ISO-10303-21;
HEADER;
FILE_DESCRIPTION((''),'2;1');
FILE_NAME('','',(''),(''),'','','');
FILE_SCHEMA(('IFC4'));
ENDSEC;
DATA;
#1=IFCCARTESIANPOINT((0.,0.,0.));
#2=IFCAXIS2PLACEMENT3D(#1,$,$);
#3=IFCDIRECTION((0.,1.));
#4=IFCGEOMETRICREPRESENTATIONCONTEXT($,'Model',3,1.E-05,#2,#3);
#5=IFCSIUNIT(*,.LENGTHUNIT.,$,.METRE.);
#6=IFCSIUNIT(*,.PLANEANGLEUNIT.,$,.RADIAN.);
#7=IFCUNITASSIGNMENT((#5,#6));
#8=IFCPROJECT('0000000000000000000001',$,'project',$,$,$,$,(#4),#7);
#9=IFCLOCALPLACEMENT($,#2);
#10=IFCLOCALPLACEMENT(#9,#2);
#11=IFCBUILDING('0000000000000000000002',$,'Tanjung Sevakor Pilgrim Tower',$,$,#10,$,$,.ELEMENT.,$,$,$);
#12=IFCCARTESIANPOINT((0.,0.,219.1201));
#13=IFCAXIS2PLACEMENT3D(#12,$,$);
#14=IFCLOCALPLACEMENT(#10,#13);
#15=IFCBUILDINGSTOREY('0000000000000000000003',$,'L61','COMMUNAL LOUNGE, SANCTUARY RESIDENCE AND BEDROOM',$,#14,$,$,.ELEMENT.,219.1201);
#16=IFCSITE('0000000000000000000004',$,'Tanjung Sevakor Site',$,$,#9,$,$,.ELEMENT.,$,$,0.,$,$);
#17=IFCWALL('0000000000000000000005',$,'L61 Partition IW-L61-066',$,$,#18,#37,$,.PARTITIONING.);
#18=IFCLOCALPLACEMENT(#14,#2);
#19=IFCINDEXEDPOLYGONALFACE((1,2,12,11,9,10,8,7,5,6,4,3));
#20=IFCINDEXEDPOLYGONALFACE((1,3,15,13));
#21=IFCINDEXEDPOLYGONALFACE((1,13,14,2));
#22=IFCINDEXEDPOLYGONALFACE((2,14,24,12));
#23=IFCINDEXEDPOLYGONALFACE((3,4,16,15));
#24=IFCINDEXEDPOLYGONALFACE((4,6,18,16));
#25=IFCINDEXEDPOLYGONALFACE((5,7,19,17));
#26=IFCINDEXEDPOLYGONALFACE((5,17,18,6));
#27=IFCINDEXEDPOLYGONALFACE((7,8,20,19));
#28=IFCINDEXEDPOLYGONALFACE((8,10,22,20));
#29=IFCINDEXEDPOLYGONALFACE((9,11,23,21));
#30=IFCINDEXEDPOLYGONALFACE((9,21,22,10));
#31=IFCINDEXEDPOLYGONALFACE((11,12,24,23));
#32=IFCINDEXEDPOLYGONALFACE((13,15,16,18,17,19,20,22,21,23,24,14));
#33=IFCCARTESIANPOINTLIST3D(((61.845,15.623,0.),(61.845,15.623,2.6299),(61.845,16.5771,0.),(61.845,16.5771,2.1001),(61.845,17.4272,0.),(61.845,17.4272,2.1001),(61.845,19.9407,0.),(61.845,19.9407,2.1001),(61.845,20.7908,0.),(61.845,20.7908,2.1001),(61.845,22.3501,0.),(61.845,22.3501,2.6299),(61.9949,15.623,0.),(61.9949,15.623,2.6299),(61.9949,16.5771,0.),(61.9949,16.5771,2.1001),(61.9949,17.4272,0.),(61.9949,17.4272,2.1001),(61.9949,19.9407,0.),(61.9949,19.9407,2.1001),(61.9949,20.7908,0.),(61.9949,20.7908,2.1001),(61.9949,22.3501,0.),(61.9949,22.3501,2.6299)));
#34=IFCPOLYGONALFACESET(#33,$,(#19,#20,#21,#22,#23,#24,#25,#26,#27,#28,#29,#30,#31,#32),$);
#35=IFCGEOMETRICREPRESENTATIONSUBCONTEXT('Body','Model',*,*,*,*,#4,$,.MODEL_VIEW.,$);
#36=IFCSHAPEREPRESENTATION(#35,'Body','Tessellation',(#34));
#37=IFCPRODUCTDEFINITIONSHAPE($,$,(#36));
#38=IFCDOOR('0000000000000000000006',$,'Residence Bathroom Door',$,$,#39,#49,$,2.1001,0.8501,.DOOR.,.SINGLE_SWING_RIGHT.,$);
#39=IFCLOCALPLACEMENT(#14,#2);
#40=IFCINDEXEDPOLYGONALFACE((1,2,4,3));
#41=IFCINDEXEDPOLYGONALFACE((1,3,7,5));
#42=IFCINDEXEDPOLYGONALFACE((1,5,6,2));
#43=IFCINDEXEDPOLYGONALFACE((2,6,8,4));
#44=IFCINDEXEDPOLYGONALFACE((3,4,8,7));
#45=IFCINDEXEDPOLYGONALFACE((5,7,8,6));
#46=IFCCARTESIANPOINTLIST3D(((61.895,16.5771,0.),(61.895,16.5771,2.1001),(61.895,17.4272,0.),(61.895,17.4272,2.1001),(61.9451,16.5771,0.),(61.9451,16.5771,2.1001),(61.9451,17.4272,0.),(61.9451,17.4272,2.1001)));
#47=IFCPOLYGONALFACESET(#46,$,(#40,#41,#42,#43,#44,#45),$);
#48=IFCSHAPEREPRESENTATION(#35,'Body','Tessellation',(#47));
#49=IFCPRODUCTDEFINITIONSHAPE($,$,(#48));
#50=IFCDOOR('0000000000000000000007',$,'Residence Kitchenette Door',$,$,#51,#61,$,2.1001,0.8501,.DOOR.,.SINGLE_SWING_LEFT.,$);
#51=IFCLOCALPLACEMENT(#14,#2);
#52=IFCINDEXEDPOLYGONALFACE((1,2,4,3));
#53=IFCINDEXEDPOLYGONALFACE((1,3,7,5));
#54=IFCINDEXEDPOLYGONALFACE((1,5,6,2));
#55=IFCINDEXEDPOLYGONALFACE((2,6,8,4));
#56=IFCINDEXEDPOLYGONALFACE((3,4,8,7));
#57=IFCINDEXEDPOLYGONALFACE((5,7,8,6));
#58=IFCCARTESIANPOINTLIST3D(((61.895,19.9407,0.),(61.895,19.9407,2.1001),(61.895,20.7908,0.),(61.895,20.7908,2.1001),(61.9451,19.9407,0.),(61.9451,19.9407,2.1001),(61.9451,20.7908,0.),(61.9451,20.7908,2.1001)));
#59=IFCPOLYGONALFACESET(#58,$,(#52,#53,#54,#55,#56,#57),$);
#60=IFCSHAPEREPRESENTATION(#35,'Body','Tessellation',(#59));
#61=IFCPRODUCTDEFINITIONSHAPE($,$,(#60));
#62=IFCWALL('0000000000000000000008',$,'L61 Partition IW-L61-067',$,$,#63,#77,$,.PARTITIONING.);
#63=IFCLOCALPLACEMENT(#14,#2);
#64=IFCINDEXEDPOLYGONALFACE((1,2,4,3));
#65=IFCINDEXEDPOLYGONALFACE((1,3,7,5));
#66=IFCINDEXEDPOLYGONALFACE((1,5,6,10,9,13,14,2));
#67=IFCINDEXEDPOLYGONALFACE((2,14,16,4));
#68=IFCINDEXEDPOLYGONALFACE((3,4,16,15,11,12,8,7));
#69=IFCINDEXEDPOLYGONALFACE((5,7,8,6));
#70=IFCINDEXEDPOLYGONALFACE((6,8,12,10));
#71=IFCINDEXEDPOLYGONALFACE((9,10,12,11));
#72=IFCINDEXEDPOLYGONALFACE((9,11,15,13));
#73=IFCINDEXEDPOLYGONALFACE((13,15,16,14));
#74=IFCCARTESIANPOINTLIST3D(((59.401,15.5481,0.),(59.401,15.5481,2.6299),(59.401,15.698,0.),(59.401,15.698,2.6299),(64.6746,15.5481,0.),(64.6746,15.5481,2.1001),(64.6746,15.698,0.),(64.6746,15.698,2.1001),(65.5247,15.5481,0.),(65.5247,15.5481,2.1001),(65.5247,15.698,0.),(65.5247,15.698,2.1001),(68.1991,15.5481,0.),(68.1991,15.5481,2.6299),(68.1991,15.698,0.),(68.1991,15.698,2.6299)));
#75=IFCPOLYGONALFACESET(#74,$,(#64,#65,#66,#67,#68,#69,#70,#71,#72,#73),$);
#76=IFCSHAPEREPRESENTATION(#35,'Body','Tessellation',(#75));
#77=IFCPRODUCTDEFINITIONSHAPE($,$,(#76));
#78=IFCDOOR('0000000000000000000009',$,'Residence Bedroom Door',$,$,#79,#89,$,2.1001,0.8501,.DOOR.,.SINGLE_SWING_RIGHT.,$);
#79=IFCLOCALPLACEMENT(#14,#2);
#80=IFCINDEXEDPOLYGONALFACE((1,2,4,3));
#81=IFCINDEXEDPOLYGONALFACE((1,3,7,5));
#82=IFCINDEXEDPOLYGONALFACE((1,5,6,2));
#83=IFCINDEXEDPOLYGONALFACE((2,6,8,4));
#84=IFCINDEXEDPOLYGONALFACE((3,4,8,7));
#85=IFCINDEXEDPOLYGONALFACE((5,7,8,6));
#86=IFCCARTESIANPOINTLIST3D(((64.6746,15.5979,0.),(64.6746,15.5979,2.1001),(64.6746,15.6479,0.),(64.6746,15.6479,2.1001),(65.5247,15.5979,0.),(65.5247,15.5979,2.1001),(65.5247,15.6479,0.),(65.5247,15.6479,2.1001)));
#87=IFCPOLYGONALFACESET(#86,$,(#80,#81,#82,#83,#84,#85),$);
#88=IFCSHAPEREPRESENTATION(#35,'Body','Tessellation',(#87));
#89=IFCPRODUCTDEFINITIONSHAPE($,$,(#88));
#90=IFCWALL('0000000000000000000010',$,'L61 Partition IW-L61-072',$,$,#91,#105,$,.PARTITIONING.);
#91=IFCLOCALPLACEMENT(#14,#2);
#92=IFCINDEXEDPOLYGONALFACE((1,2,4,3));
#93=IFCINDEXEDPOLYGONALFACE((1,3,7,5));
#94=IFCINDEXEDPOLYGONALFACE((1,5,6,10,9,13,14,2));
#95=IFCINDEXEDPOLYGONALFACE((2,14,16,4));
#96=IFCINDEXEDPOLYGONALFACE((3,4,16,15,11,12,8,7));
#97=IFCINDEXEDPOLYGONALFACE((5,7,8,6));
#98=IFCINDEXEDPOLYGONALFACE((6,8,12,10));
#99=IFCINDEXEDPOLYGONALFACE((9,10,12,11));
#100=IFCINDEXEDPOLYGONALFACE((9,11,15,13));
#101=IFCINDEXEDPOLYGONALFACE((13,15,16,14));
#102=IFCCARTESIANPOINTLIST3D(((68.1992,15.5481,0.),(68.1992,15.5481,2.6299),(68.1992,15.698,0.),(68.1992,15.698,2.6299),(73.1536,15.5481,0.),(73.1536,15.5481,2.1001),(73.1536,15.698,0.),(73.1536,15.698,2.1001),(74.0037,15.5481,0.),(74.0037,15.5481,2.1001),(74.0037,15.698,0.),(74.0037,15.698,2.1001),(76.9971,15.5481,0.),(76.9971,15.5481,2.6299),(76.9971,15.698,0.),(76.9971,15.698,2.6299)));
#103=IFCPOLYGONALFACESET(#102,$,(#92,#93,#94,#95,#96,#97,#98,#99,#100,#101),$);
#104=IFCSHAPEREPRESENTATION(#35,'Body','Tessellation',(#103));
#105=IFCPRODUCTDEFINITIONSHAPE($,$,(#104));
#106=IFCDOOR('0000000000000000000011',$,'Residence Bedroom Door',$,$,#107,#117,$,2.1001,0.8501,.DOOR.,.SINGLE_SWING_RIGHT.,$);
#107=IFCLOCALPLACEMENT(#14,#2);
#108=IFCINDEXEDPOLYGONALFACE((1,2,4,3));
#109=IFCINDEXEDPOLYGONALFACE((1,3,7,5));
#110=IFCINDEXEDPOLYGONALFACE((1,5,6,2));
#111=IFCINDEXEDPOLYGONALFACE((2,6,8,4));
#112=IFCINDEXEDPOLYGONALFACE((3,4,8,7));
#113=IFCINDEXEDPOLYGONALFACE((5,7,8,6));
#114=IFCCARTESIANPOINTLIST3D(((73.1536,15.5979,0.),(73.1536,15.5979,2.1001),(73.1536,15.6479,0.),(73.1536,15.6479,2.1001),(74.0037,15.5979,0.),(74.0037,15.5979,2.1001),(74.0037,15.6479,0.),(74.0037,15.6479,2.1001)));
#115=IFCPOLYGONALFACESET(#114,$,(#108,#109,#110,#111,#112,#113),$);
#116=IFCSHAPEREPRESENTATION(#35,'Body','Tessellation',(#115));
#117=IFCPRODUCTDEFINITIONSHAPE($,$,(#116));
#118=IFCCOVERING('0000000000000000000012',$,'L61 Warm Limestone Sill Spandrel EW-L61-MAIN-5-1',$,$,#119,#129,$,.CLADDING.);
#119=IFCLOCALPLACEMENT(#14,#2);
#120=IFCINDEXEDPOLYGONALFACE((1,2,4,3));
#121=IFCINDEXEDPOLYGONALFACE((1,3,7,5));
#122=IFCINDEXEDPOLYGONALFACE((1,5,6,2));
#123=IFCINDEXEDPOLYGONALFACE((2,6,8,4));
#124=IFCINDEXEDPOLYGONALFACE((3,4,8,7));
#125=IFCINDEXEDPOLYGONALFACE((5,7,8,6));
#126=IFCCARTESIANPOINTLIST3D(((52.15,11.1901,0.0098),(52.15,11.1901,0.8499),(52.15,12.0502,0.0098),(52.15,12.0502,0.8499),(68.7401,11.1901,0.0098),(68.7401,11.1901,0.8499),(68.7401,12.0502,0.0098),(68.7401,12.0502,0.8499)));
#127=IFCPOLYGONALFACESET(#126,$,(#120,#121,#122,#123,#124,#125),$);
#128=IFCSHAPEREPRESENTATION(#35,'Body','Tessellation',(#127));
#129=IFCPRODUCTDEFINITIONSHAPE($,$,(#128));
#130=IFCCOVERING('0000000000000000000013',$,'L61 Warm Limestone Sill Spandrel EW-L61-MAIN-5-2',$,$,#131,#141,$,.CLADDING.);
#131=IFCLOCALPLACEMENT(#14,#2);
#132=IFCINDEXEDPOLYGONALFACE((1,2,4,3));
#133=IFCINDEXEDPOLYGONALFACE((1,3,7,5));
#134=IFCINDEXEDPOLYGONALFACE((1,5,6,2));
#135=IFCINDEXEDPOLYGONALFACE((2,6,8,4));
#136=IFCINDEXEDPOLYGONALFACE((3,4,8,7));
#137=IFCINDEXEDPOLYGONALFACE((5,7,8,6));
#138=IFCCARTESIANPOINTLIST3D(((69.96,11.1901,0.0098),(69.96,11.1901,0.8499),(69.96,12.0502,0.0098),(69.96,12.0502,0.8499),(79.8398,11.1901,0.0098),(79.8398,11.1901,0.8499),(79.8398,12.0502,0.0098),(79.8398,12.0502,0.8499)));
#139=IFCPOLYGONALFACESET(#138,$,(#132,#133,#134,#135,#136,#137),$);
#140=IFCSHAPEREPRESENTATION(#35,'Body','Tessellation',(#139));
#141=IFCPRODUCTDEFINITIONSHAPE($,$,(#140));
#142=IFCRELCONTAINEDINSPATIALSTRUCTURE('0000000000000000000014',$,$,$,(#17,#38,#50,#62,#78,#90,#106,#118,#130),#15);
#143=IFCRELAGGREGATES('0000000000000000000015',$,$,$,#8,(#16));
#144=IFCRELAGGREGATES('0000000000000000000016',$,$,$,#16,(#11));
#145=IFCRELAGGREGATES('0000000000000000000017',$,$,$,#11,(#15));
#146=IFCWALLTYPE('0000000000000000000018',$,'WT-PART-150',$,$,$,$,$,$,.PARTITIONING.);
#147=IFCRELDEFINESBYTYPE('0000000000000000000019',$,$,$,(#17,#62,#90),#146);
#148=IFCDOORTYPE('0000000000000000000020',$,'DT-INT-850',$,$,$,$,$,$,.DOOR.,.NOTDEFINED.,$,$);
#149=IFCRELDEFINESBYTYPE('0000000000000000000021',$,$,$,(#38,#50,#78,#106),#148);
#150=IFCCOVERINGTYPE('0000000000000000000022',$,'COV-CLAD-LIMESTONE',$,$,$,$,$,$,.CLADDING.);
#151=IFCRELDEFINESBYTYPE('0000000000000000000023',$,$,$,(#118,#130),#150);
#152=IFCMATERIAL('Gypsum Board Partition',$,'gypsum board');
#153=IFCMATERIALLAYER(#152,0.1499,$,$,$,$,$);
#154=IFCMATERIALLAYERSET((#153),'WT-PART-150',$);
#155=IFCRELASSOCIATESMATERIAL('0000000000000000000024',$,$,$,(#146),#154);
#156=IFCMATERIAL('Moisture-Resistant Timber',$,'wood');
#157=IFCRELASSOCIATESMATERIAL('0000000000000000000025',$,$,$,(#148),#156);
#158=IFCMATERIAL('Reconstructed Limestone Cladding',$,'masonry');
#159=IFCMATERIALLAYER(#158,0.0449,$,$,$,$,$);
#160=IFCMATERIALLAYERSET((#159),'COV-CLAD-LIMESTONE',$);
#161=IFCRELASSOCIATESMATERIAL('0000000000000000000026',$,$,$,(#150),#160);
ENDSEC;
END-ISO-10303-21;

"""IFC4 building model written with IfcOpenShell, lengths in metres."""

from ifc_helpers import new_model, si_unit, direction, frame, frame_2d, origin, origin_2d, place, context, subcontext, project, spatial, rectangle, extrude, material, layer, layer_set, type_object, element, fill, save


model = new_model("IFC4")

# Units and contexts
model_context = context("Model", 3, precision=1e-05, world=origin(), true_north=direction((0.0, 1.0)))
body_context = subcontext(model_context, "Body", "Model", "MODEL_VIEW")
ifc_project = project(units=[si_unit("LENGTHUNIT", "METRE"), si_unit("PLANEANGLEUNIT", "RADIAN")], contexts=[model_context])

# Site, building, storey
site_placement = place(None, origin())
site = spatial("IfcSite", under=ifc_project, at=site_placement, Name="Tanjung Sevakor Site", CompositionType="ELEMENT", RefElevation=0.0)
building_placement = place(site_placement, origin())
building = spatial("IfcBuilding", under=site, at=building_placement, Name="Tanjung Sevakor Pilgrim Tower", CompositionType="ELEMENT")
storey_placement = place(building_placement, frame((0.0, 0.0, 219.1201)))
storey = spatial("IfcBuildingStorey", under=building, at=storey_placement, Name="L61", Description="COMMUNAL LOUNGE, SANCTUARY RESIDENCE AND BEDROOM", CompositionType="ELEMENT", Elevation=219.1201)

# Wall, openings, doors
ifc_material_1 = material(Name="Gypsum Board Partition", Category="gypsum board")
ifc_layer_1 = layer(ifc_material_1, 0.1499)
ifc_layer_set_1 = layer_set([ifc_layer_1], Name="WT-PART-150")
wall_type_1 = type_object("IfcWallType", Name="WT-PART-150", PredefinedType="PARTITIONING", material=ifc_layer_set_1)
wall_1_placement = place(storey_placement, frame((61.9199, 15.623, 0.0), z_axis=(0.0, 0.0, 1.0), x_axis=(0.0, 1.0, 0.0)))
wall_1 = element("IfcWall", 1, at=wall_1_placement, inside=storey, type_object=wall_type_1, Name="L61 Partition IW-L61-066", PredefinedType="PARTITIONING", context=body_context, shape_type="SweptSolid", body=[
    extrude(rectangle(XDim=6.7271, YDim=0.1499, at=frame_2d((3.3635, 0.0))), origin(), (0.0, 0.0, 1.0), 2.6299),
])
opening_1_placement = place(wall_1_placement, frame((0.9541, 0.0, 0.0)))
opening_1 = element("IfcOpeningElement", 2, at=opening_1_placement, cuts=wall_1, PredefinedType="OPENING", context=body_context, shape_type="SweptSolid", body=[
    extrude(rectangle(XDim=0.8501, YDim=2.1001, at=frame_2d((0.425, 1.05))), frame((0.0, 0.085, 0.0), z_axis=(0.0, -1.0, 0.0), x_axis=(1.0, 0.0, 0.0)), (0.0, 0.0, 1.0), 0.1699),
])
opening_2_placement = place(wall_1_placement, frame((4.3176, 0.0, 0.0)))
opening_2 = element("IfcOpeningElement", 3, at=opening_2_placement, cuts=wall_1, PredefinedType="OPENING", context=body_context, shape_type="SweptSolid", body=[
    extrude(rectangle(XDim=0.8501, YDim=2.1001, at=frame_2d((0.425, 1.05))), frame((0.0, 0.085, 0.0), z_axis=(0.0, -1.0, 0.0), x_axis=(1.0, 0.0, 0.0)), (0.0, 0.0, 1.0), 0.1699),
])
ifc_material_2 = material(Name="Moisture-Resistant Timber", Category="wood")
door_type = type_object("IfcDoorType", Name="DT-INT-850", OperationType="NOTDEFINED", PredefinedType="DOOR", material=ifc_material_2)
door_1_placement = place(opening_1_placement, origin())
door_1 = element("IfcDoor", 4, at=door_1_placement, inside=storey, type_object=door_type, Name="Residence Bathroom Door", OperationType="SINGLE_SWING_RIGHT", OverallHeight=2.1001, OverallWidth=0.8501, PredefinedType="DOOR", context=body_context, shape_type="SweptSolid", body=[
    extrude(rectangle(XDim=0.8501, YDim=2.1001, at=frame_2d((0.425, 1.05))), frame((0.0, 0.0249, 0.0), z_axis=(0.0, -1.0, 0.0), x_axis=(1.0, 0.0, 0.0)), (0.0, 0.0, 1.0), 0.05),
])
fill(opening_1, door_1)
door_2_placement = place(opening_2_placement, origin())
door_2 = element("IfcDoor", 5, at=door_2_placement, inside=storey, type_object=door_type, Name="Residence Kitchenette Door", OperationType="SINGLE_SWING_LEFT", OverallHeight=2.1001, OverallWidth=0.8501, PredefinedType="DOOR", context=body_context, shape_type="SweptSolid", body=[
    extrude(rectangle(XDim=0.8501, YDim=2.1001, at=frame_2d((0.425, 1.05))), frame((0.0, 0.0249, 0.0), z_axis=(0.0, -1.0, 0.0), x_axis=(1.0, 0.0, 0.0)), (0.0, 0.0, 1.0), 0.05),
])
fill(opening_2, door_2)

# Walls, openings, doors
wall_2_placement = place(storey_placement, frame((59.4011, 15.623, 0.0), z_axis=(0.0, 0.0, 1.0), x_axis=(1.0, 0.0, 0.0)))
wall_2 = element("IfcWall", 6, at=wall_2_placement, inside=storey, type_object=wall_type_1, Name="L61 Partition IW-L61-067", PredefinedType="PARTITIONING", context=body_context, shape_type="SweptSolid", body=[
    extrude(rectangle(XDim=8.7981, YDim=0.1499, at=frame_2d((4.3989, 0.0))), origin(), (0.0, 0.0, 1.0), 2.6299),
])
opening_3_placement = place(wall_2_placement, frame((5.2734, 0.0, 0.0)))
opening_3 = element("IfcOpeningElement", 7, at=opening_3_placement, cuts=wall_2, PredefinedType="OPENING", context=body_context, shape_type="SweptSolid", body=[
    extrude(rectangle(XDim=0.8501, YDim=2.1001, at=frame_2d((0.425, 1.05))), frame((0.0, 0.085, 0.0), z_axis=(0.0, -1.0, 0.0), x_axis=(1.0, 0.0, 0.0)), (0.0, 0.0, 1.0), 0.1699),
])
door_3_placement = place(opening_3_placement, origin())
door_3 = element("IfcDoor", 8, at=door_3_placement, inside=storey, type_object=door_type, Name="Residence Bedroom Door", OperationType="SINGLE_SWING_RIGHT", OverallHeight=2.1001, OverallWidth=0.8501, PredefinedType="DOOR", context=body_context, shape_type="SweptSolid", body=[
    extrude(rectangle(XDim=0.8501, YDim=2.1001, at=frame_2d((0.425, 1.05))), frame((0.0, 0.0249, 0.0), z_axis=(0.0, -1.0, 0.0), x_axis=(1.0, 0.0, 0.0)), (0.0, 0.0, 1.0), 0.05),
])
fill(opening_3, door_3)
wall_3_placement = place(storey_placement, frame((68.1992, 15.623, 0.0), z_axis=(0.0, 0.0, 1.0), x_axis=(1.0, 0.0, 0.0)))
wall_3 = element("IfcWall", 9, at=wall_3_placement, inside=storey, type_object=wall_type_1, Name="L61 Partition IW-L61-072", PredefinedType="PARTITIONING", context=body_context, shape_type="SweptSolid", body=[
    extrude(rectangle(XDim=8.7979, YDim=0.1499, at=frame_2d((4.3989, 0.0))), origin(), (0.0, 0.0, 1.0), 2.6299),
])
opening_4_placement = place(wall_3_placement, frame((4.9543, 0.0, 0.0)))
opening_4 = element("IfcOpeningElement", 10, at=opening_4_placement, cuts=wall_3, PredefinedType="OPENING", context=body_context, shape_type="SweptSolid", body=[
    extrude(rectangle(XDim=0.8501, YDim=2.1001, at=frame_2d((0.425, 1.05))), frame((0.0, 0.085, 0.0), z_axis=(0.0, -1.0, 0.0), x_axis=(1.0, 0.0, 0.0)), (0.0, 0.0, 1.0), 0.1699),
])
door_4_placement = place(opening_4_placement, origin())
door_4 = element("IfcDoor", 11, at=door_4_placement, inside=storey, type_object=door_type, Name="Residence Bedroom Door", OperationType="SINGLE_SWING_RIGHT", OverallHeight=2.1001, OverallWidth=0.8501, PredefinedType="DOOR", context=body_context, shape_type="SweptSolid", body=[
    extrude(rectangle(XDim=0.8501, YDim=2.1001, at=frame_2d((0.425, 1.05))), frame((0.0, 0.0249, 0.0), z_axis=(0.0, -1.0, 0.0), x_axis=(1.0, 0.0, 0.0)), (0.0, 0.0, 1.0), 0.05),
])
fill(opening_4, door_4)

# Coverings
ifc_material_3 = material(Name="Reconstructed Limestone Cladding", Category="masonry")
ifc_layer_2 = layer(ifc_material_3, 0.0449)
ifc_layer_set_2 = layer_set([ifc_layer_2], Name="COV-CLAD-LIMESTONE")
covering_type = type_object("IfcCoveringType", Name="COV-CLAD-LIMESTONE", PredefinedType="CLADDING", material=ifc_layer_set_2)
covering_1_placement = place(storey_placement, frame((60.4451, 11.6201, 0.0098), z_axis=(0.0, 0.0, 1.0), x_axis=(1.0, 0.0, 0.0)))
element("IfcCovering", 12, at=covering_1_placement, inside=storey, type_object=covering_type, Name="L61 Warm Limestone Sill Spandrel EW-L61-MAIN-5-1", PredefinedType="CLADDING", context=body_context, shape_type="SweptSolid", body=[
    extrude(rectangle(XDim=16.5901, YDim=0.8601, at=origin_2d()), origin(), (0.0, 0.0, 1.0), 0.8401),
])
covering_2_placement = place(storey_placement, frame((74.8999, 11.6201, 0.0098), z_axis=(0.0, 0.0, 1.0), x_axis=(1.0, 0.0, 0.0)))
element("IfcCovering", 13, at=covering_2_placement, inside=storey, type_object=covering_type, Name="L61 Warm Limestone Sill Spandrel EW-L61-MAIN-5-2", PredefinedType="CLADDING", context=body_context, shape_type="SweptSolid", body=[
    extrude(rectangle(XDim=9.8799, YDim=0.8601, at=origin_2d()), origin(), (0.0, 0.0, 1.0), 0.8401),
])

save(model, "model.ifc")
